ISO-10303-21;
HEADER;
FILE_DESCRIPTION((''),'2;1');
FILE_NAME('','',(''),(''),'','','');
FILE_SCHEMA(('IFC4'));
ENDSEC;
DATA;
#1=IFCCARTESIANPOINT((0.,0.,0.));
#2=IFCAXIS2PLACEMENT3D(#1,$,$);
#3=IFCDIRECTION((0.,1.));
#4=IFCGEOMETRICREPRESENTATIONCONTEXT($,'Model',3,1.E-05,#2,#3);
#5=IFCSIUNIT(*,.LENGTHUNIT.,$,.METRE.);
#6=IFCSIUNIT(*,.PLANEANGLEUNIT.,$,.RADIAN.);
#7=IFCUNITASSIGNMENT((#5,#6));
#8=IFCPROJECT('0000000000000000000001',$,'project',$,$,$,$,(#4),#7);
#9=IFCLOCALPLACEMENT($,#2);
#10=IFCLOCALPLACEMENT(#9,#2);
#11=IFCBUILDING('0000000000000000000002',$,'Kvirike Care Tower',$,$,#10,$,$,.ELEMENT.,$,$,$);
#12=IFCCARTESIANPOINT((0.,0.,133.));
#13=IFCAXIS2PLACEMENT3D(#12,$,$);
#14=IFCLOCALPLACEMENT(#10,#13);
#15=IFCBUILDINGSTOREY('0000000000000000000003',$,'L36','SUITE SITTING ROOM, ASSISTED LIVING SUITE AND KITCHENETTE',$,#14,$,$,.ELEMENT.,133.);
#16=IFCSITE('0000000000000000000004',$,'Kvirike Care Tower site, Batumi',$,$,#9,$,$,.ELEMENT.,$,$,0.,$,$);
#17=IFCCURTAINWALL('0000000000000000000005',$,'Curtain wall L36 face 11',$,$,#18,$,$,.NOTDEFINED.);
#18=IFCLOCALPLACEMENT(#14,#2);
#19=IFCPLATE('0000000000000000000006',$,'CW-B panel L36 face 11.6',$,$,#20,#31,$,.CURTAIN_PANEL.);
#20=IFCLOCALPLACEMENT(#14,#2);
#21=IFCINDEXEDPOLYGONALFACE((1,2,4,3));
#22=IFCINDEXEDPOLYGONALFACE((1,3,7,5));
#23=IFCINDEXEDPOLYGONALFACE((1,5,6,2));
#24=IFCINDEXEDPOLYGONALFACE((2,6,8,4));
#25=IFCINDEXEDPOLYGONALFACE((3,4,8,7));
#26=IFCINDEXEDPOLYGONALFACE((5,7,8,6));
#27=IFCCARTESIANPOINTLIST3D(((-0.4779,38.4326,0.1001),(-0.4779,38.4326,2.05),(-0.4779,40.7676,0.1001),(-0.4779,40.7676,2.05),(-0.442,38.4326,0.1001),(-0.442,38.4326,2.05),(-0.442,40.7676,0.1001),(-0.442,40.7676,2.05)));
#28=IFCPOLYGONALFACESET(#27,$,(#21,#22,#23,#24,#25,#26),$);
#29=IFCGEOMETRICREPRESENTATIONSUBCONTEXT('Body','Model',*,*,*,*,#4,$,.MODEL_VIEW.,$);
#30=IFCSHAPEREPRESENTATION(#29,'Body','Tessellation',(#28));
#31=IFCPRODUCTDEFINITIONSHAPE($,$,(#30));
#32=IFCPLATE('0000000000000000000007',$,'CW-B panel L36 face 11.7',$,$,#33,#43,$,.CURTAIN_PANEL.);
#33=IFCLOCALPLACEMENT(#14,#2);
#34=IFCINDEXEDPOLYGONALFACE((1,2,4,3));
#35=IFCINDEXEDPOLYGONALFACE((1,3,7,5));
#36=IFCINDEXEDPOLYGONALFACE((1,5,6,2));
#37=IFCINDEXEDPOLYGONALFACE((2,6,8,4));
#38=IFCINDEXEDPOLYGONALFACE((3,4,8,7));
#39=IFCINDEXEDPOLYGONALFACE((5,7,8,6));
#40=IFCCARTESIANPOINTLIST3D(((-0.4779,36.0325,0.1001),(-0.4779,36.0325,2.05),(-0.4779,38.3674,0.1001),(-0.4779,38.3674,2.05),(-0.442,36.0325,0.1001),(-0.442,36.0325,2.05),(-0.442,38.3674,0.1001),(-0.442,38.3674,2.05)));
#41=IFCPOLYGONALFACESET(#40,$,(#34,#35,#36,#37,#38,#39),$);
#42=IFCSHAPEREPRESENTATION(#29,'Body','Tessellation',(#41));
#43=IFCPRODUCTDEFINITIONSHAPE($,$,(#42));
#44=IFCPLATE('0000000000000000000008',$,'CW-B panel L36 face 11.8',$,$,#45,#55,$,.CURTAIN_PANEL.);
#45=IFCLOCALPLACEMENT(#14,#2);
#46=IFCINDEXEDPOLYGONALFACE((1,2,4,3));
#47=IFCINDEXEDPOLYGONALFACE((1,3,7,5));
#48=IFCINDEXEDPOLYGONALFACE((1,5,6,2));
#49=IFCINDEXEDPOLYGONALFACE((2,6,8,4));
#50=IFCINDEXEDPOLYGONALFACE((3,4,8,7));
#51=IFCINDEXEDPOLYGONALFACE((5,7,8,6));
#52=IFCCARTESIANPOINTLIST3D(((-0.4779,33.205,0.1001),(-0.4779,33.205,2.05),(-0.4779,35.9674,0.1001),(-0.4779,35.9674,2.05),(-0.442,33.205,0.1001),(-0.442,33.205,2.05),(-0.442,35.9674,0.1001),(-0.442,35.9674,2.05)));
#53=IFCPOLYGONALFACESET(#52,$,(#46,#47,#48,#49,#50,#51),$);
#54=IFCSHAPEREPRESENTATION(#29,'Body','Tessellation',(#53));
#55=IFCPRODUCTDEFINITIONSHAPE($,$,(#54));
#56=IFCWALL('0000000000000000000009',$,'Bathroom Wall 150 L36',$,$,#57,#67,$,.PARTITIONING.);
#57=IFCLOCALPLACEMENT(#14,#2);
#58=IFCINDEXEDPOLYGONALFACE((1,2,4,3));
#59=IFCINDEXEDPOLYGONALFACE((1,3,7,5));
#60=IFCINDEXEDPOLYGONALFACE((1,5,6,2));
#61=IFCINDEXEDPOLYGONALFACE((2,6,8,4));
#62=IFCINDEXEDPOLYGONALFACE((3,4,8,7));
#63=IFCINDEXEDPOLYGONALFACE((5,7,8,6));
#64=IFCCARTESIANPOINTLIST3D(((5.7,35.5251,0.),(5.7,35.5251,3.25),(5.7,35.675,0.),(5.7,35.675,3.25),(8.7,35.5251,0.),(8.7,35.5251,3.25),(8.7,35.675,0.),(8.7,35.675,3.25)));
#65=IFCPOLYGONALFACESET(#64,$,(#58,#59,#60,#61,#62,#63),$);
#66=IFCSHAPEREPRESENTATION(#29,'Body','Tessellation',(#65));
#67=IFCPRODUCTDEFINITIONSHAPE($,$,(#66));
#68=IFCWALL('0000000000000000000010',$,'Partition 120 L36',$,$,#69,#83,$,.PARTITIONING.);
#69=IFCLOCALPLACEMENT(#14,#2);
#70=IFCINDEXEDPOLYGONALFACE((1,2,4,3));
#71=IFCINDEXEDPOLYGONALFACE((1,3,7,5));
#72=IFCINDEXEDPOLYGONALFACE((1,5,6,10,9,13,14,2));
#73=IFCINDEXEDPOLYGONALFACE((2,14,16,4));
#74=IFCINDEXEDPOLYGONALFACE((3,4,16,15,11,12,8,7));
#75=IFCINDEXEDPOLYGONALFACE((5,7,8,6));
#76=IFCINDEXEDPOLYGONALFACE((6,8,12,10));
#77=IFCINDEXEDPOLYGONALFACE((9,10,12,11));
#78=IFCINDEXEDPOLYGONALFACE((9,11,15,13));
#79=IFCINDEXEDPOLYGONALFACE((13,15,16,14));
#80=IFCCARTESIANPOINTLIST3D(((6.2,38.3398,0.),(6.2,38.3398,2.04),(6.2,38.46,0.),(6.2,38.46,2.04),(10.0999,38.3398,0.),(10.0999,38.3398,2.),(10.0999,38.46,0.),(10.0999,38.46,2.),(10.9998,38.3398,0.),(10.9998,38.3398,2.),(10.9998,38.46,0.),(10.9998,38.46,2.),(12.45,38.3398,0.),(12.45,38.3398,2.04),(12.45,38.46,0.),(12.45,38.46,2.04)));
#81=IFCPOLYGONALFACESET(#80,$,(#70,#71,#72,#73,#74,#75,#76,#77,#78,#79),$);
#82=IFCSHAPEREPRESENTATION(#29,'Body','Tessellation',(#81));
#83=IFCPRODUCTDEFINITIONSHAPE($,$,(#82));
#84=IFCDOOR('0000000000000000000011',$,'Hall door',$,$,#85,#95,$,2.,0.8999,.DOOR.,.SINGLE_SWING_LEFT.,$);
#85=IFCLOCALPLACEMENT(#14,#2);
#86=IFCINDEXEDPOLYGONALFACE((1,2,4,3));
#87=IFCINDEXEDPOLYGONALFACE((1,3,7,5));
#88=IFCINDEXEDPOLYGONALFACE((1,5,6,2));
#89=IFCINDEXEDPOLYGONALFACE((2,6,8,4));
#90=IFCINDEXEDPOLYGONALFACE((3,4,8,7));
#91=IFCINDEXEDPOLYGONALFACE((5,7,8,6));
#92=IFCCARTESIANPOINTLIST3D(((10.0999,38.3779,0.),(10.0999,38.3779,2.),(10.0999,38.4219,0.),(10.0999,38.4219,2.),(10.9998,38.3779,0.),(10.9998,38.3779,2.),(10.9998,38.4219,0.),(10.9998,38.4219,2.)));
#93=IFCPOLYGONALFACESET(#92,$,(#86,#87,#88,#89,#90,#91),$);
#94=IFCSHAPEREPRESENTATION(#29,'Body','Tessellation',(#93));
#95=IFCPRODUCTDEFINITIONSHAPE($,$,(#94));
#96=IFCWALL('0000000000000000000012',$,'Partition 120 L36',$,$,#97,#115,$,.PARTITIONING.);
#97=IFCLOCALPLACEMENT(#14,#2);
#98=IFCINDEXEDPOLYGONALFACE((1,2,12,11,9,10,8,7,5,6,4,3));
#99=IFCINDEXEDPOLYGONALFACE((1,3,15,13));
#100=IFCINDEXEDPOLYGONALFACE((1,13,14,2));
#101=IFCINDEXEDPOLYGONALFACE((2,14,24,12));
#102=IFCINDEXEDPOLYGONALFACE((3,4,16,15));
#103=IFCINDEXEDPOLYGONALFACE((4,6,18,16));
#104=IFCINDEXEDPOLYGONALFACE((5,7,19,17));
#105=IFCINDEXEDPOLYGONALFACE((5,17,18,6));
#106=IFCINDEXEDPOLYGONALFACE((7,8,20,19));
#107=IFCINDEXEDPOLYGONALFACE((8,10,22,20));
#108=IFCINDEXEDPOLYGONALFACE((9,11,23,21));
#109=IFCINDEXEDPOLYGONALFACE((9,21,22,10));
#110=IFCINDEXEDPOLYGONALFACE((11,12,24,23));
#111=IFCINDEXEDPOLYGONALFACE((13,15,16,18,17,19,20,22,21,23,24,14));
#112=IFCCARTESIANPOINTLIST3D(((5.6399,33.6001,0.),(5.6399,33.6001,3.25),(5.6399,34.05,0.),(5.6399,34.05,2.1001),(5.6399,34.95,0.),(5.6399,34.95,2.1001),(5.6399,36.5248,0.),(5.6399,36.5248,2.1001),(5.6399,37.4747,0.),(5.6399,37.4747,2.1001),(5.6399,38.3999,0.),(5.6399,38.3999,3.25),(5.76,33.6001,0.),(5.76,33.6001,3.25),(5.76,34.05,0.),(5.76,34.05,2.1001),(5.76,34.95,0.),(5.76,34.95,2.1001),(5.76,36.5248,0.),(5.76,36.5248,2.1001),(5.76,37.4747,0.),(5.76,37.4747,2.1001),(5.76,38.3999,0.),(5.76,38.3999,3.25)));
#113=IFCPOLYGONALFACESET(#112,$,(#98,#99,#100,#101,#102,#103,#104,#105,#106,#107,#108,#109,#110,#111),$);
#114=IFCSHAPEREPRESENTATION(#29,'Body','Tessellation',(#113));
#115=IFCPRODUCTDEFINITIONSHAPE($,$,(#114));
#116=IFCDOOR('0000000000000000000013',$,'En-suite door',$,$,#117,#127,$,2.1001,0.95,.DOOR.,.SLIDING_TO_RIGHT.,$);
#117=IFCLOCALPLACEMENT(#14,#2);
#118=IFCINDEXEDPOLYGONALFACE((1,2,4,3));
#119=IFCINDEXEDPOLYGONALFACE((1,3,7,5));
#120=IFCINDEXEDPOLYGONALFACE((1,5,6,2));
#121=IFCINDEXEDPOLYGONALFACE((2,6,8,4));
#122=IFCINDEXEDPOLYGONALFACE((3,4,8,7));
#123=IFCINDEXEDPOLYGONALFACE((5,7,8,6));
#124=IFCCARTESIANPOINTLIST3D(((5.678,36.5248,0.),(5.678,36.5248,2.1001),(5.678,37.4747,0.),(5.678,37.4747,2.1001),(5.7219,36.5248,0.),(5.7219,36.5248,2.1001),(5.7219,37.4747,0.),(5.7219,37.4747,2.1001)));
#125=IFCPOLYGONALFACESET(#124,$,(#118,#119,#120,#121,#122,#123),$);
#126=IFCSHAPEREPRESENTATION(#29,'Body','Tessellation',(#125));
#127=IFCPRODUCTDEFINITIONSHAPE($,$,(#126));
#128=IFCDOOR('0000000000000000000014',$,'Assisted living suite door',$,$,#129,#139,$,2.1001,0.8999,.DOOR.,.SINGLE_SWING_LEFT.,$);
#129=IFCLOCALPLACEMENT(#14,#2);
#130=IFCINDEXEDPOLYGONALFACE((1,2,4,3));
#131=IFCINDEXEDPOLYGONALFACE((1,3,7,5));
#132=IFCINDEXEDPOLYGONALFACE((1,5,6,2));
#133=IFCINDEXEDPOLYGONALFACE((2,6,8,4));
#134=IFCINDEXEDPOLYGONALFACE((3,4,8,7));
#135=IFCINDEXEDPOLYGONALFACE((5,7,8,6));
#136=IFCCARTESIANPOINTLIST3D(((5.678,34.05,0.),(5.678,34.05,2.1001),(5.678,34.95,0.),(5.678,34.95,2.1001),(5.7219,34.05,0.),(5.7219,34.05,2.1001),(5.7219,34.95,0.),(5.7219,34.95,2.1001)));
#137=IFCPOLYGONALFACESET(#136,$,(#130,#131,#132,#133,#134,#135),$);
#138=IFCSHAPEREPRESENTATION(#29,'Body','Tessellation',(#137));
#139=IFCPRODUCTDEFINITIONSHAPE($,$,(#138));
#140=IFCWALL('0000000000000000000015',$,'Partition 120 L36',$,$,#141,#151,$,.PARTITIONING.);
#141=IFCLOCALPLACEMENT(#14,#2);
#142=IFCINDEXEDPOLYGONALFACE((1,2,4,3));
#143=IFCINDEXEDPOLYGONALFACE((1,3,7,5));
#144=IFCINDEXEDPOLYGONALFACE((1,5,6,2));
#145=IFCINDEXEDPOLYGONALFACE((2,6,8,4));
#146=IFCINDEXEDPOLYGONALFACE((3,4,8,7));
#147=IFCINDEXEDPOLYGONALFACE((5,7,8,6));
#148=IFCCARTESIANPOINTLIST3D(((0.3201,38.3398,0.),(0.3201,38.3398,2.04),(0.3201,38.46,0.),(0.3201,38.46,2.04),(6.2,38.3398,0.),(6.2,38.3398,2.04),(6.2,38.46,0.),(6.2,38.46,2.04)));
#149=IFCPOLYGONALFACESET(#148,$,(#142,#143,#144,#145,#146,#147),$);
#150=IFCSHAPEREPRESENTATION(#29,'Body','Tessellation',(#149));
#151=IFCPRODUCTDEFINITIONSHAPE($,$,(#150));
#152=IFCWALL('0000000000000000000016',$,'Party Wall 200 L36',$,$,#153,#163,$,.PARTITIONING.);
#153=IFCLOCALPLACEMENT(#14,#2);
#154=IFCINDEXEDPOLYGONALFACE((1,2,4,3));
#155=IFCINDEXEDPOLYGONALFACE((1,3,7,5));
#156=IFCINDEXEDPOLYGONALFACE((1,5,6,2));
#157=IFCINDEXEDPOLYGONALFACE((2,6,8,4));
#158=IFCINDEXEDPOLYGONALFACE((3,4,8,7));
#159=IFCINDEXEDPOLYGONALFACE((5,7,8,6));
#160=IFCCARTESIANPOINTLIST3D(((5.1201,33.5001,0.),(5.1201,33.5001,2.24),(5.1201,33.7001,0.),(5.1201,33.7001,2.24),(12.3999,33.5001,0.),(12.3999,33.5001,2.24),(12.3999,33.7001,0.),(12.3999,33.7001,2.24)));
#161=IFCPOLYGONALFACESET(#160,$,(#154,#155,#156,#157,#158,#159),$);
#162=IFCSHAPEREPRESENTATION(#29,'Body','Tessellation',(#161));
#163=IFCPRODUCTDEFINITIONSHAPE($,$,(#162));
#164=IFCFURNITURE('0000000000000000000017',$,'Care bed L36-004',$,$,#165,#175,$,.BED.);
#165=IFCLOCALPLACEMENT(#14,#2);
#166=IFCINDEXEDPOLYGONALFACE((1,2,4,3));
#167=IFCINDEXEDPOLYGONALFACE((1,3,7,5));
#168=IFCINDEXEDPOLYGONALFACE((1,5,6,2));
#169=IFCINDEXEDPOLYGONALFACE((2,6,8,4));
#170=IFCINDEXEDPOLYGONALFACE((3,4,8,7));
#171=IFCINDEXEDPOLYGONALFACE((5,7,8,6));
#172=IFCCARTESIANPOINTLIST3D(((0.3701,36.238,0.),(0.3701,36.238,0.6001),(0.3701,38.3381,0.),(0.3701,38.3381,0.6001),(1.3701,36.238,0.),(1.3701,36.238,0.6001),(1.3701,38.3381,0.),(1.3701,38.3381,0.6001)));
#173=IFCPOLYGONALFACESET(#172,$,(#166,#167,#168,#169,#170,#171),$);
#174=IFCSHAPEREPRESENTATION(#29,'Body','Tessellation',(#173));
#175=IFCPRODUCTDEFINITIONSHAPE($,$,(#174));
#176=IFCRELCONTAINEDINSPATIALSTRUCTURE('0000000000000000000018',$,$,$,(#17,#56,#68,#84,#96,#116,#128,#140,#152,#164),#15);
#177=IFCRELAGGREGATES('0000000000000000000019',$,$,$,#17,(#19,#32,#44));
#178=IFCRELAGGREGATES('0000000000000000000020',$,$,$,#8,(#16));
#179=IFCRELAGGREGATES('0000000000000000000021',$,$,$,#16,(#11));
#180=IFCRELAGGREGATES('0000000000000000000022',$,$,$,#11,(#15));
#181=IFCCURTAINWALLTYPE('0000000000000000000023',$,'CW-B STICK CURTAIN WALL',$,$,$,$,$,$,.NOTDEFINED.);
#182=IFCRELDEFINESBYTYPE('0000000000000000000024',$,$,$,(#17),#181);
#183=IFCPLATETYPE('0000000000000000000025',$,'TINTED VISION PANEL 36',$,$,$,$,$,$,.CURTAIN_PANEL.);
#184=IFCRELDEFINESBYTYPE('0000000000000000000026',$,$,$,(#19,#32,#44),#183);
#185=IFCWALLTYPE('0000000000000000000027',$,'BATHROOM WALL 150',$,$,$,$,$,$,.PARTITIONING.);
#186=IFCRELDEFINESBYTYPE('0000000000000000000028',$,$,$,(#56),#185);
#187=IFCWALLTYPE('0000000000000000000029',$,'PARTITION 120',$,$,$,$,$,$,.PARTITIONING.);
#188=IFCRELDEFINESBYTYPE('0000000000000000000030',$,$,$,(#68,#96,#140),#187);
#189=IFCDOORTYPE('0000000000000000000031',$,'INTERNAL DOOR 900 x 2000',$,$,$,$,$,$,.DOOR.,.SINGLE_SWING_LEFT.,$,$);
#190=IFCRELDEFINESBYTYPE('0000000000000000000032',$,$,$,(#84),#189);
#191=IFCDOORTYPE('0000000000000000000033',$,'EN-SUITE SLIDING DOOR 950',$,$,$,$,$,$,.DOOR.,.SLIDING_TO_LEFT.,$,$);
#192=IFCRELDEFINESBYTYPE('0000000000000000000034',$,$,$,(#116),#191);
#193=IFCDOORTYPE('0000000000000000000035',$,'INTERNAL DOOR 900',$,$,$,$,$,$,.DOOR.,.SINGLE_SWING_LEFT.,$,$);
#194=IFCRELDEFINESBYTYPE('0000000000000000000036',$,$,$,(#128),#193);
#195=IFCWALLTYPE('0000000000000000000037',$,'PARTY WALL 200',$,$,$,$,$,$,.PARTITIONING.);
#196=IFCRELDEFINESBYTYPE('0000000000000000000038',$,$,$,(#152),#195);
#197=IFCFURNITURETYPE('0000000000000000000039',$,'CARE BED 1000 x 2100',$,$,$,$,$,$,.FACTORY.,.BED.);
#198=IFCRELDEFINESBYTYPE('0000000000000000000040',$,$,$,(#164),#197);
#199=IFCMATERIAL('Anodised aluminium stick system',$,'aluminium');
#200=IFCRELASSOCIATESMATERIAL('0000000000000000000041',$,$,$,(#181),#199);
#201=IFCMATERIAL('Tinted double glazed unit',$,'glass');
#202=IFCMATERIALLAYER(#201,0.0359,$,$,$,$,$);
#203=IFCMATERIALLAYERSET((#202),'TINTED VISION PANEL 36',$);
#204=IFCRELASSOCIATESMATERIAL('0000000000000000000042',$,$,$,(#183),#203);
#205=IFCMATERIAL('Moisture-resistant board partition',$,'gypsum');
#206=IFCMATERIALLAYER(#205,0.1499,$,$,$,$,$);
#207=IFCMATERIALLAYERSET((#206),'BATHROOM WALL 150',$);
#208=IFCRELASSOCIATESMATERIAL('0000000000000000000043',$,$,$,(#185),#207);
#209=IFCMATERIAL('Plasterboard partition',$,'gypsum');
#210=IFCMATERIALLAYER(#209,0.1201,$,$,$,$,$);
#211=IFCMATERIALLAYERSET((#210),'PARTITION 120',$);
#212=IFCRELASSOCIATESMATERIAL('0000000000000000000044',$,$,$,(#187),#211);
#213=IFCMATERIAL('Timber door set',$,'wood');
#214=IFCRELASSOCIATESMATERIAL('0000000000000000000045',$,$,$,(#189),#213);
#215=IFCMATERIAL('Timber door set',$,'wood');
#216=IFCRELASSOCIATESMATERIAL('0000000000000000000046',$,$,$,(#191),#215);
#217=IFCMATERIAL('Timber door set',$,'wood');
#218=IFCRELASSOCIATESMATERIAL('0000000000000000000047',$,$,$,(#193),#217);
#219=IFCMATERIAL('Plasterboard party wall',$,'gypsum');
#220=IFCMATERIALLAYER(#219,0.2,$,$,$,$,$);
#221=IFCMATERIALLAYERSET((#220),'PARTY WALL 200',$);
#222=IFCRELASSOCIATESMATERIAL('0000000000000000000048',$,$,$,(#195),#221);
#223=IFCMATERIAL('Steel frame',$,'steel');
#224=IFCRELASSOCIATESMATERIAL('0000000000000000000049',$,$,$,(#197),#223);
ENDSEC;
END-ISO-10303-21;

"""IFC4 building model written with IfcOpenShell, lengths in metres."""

from ifc_helpers import new_model, si_unit, direction, frame, frame_2d, origin, origin_2d, place, context, subcontext, project, spatial, rectangle, extrude, material, layer, layer_set, type_object, element, fill, aggregate, save


model = new_model("IFC4")

# Units and contexts
model_context = context("Model", 3, precision=1e-05, world=origin(), true_north=direction((0.0, 1.0)))
body_context = subcontext(model_context, "Body", "Model", "MODEL_VIEW")
ifc_project = project(units=[si_unit("LENGTHUNIT", "METRE"), si_unit("PLANEANGLEUNIT", "RADIAN")], contexts=[model_context])

# Site, building, storey
site_placement = place(None, origin())
site = spatial("IfcSite", under=ifc_project, at=site_placement, Name="Kvirike Care Tower site, Batumi", CompositionType="ELEMENT", RefElevation=0.0)
building_placement = place(site_placement, origin())
building = spatial("IfcBuilding", under=site, at=building_placement, Name="Kvirike Care Tower", CompositionType="ELEMENT")
storey_placement = place(building_placement, frame((0.0, 0.0, 133.0)))
storey = spatial("IfcBuildingStorey", under=building, at=storey_placement, Name="L36", Description="SUITE SITTING ROOM, ASSISTED LIVING SUITE AND KITCHENETTE", CompositionType="ELEMENT", Elevation=133.0)

# Curtain wall
ifc_material_1 = material(Name="Anodised aluminium stick system", Category="aluminium")
curtain_wall_type = type_object("IfcCurtainWallType", Name="CW-B STICK CURTAIN WALL", PredefinedType="NOTDEFINED", material=ifc_material_1)
curtain_wall_placement = place(storey_placement, origin())
curtain_wall = element("IfcCurtainWall", 1, at=curtain_wall_placement, inside=storey, type_object=curtain_wall_type, Name="Curtain wall L36 face 11", PredefinedType="NOTDEFINED")

# Plates
ifc_material_2 = material(Name="Tinted double glazed unit", Category="glass")
ifc_layer_1 = layer(ifc_material_2, 0.0359)
ifc_layer_set_1 = layer_set([ifc_layer_1], Name="TINTED VISION PANEL 36")
plate_type = type_object("IfcPlateType", Name="TINTED VISION PANEL 36", PredefinedType="CURTAIN_PANEL", material=ifc_layer_set_1)
plate_1_placement = place(storey_placement, frame((-0.46, 39.6001, 0.1001), z_axis=(0.0, 0.0, 1.0), x_axis=(0.0, -1.0, 0.0)))
plate_1 = element("IfcPlate", 2, at=plate_1_placement, type_object=plate_type, Name="CW-B panel L36 face 11.6", PredefinedType="CURTAIN_PANEL", context=body_context, shape_type="SweptSolid", body=[
    extrude(rectangle(XDim=2.335, YDim=0.0359, at=origin_2d()), origin(), (0.0, 0.0, 1.0), 1.95),
])
plate_2_placement = place(storey_placement, frame((-0.46, 37.2, 0.1001), z_axis=(0.0, 0.0, 1.0), x_axis=(0.0, -1.0, 0.0)))
plate_2 = element("IfcPlate", 3, at=plate_2_placement, type_object=plate_type, Name="CW-B panel L36 face 11.7", PredefinedType="CURTAIN_PANEL", context=body_context, shape_type="SweptSolid", body=[
    extrude(rectangle(XDim=2.335, YDim=0.0359, at=origin_2d()), origin(), (0.0, 0.0, 1.0), 1.95),
])
plate_3_placement = place(storey_placement, frame((-0.46, 34.5862, 0.1001), z_axis=(0.0, 0.0, 1.0), x_axis=(0.0, -1.0, 0.0)))
plate_3 = element("IfcPlate", 4, at=plate_3_placement, type_object=plate_type, Name="CW-B panel L36 face 11.8", PredefinedType="CURTAIN_PANEL", context=body_context, shape_type="SweptSolid", body=[
    extrude(rectangle(XDim=2.7625, YDim=0.0359, at=origin_2d()), origin(), (0.0, 0.0, 1.0), 1.95),
])
aggregate(curtain_wall, [plate_1, plate_2, plate_3])

# Wall
ifc_material_3 = material(Name="Moisture-resistant board partition", Category="gypsum")
ifc_layer_2 = layer(ifc_material_3, 0.1499)
ifc_layer_set_2 = layer_set([ifc_layer_2], Name="BATHROOM WALL 150")
wall_type_1 = type_object("IfcWallType", Name="BATHROOM WALL 150", PredefinedType="PARTITIONING", material=ifc_layer_set_2)
wall_1_placement = place(storey_placement, frame((5.7, 35.6001, 0.0), z_axis=(0.0, 0.0, 1.0), x_axis=(1.0, 0.0, 0.0)))
element("IfcWall", 5, at=wall_1_placement, inside=storey, type_object=wall_type_1, Name="Bathroom Wall 150 L36", PredefinedType="PARTITIONING", context=body_context, shape_type="SweptSolid", body=[
    extrude(rectangle(XDim=3.0, YDim=0.1499, at=frame_2d((1.5, 0.0))), origin(), (0.0, 0.0, 1.0), 3.25),
])

# Wall, opening, door
ifc_material_4 = material(Name="Plasterboard partition", Category="gypsum")
ifc_layer_3 = layer(ifc_material_4, 0.1201)
ifc_layer_set_3 = layer_set([ifc_layer_3], Name="PARTITION 120")
wall_type_2 = type_object("IfcWallType", Name="PARTITION 120", PredefinedType="PARTITIONING", material=ifc_layer_set_3)
wall_2_placement = place(storey_placement, frame((6.2, 38.3999, 0.0), z_axis=(0.0, 0.0, 1.0), x_axis=(1.0, 0.0, 0.0)))
wall_2 = element("IfcWall", 6, at=wall_2_placement, inside=storey, type_object=wall_type_2, Name="Partition 120 L36", PredefinedType="PARTITIONING", context=body_context, shape_type="SweptSolid", body=[
    extrude(rectangle(XDim=6.25, YDim=0.1201, at=frame_2d((3.125, 0.0))), origin(), (0.0, 0.0, 1.0), 2.04),
])
opening_1_placement = place(wall_2_placement, frame((3.8999, 0.0, 0.0)))
opening_1 = element("IfcOpeningElement", 7, at=opening_1_placement, cuts=wall_2, PredefinedType="OPENING", context=body_context, shape_type="SweptSolid", body=[
    extrude(rectangle(XDim=0.8999, YDim=2.0, at=frame_2d((0.45, 1.0))), frame((0.0, 0.0706, 0.0), z_axis=(0.0, -1.0, 0.0), x_axis=(1.0, 0.0, 0.0)), (0.0, 0.0, 1.0), 0.1411),
])
ifc_material_5 = material(Name="Timber door set", Category="wood")
door_type_1 = type_object("IfcDoorType", Name="INTERNAL DOOR 900 x 2000", OperationType="SINGLE_SWING_LEFT", PredefinedType="DOOR", material=ifc_material_5)
door_1_placement = place(opening_1_placement, origin())
door_1 = element("IfcDoor", 8, at=door_1_placement, inside=storey, type_object=door_type_1, Name="Hall door", OperationType="SINGLE_SWING_LEFT", OverallHeight=2.0, OverallWidth=0.8999, PredefinedType="DOOR", context=body_context, shape_type="SweptSolid", body=[
    extrude(rectangle(XDim=0.8999, YDim=2.0, at=frame_2d((0.45, 1.0))), frame((0.0, 0.022, 0.0), z_axis=(0.0, -1.0, 0.0), x_axis=(1.0, 0.0, 0.0)), (0.0, 0.0, 1.0), 0.0439),
])
fill(opening_1, door_1)

# Wall, openings, doors
wall_3_placement = place(storey_placement, frame((5.7, 38.3999, 0.0), z_axis=(0.0, 0.0, 1.0), x_axis=(0.0, -1.0, 0.0)))
wall_3 = element("IfcWall", 9, at=wall_3_placement, inside=storey, type_object=wall_type_2, Name="Partition 120 L36", PredefinedType="PARTITIONING", context=body_context, shape_type="SweptSolid", body=[
    extrude(rectangle(XDim=4.7998, YDim=0.1201, at=frame_2d((2.3999, 0.0))), origin(), (0.0, 0.0, 1.0), 3.25),
])
opening_2_placement = place(wall_3_placement, frame((3.45, 0.0, 0.0)))
opening_2 = element("IfcOpeningElement", 10, at=opening_2_placement, cuts=wall_3, PredefinedType="OPENING", context=body_context, shape_type="SweptSolid", body=[
    extrude(rectangle(XDim=0.8999, YDim=2.1001, at=frame_2d((0.45, 1.05))), frame((0.0, 0.0706, 0.0), z_axis=(0.0, -1.0, 0.0), x_axis=(1.0, 0.0, 0.0)), (0.0, 0.0, 1.0), 0.1411),
])
opening_3_placement = place(wall_3_placement, frame((0.925, 0.0, 0.0)))
opening_3 = element("IfcOpeningElement", 11, at=opening_3_placement, cuts=wall_3, PredefinedType="OPENING", context=body_context, shape_type="SweptSolid", body=[
    extrude(rectangle(XDim=0.95, YDim=2.1001, at=frame_2d((0.4751, 1.05))), frame((0.0, 0.0706, 0.0), z_axis=(0.0, -1.0, 0.0), x_axis=(1.0, 0.0, 0.0)), (0.0, 0.0, 1.0), 0.1411),
])
ifc_material_6 = material(Name="Timber door set", Category="wood")
door_type_2 = type_object("IfcDoorType", Name="EN-SUITE SLIDING DOOR 950", OperationType="SLIDING_TO_LEFT", PredefinedType="DOOR", material=ifc_material_6)
door_2_placement = place(opening_3_placement, origin())
door_2 = element("IfcDoor", 12, at=door_2_placement, inside=storey, type_object=door_type_2, Name="En-suite door", OperationType="SLIDING_TO_RIGHT", OverallHeight=2.1001, OverallWidth=0.95, PredefinedType="DOOR", context=body_context, shape_type="SweptSolid", body=[
    extrude(rectangle(XDim=0.95, YDim=2.1001, at=frame_2d((0.4751, 1.05))), frame((0.0, 0.022, 0.0), z_axis=(0.0, -1.0, 0.0), x_axis=(1.0, 0.0, 0.0)), (0.0, 0.0, 1.0), 0.0439),
])
fill(opening_3, door_2)
ifc_material_7 = material(Name="Timber door set", Category="wood")
door_type_3 = type_object("IfcDoorType", Name="INTERNAL DOOR 900", OperationType="SINGLE_SWING_LEFT", PredefinedType="DOOR", material=ifc_material_7)
door_3_placement = place(opening_2_placement, origin())
door_3 = element("IfcDoor", 13, at=door_3_placement, inside=storey, type_object=door_type_3, Name="Assisted living suite door", OperationType="SINGLE_SWING_LEFT", OverallHeight=2.1001, OverallWidth=0.8999, PredefinedType="DOOR", context=body_context, shape_type="SweptSolid", body=[
    extrude(rectangle(XDim=0.8999, YDim=2.1001, at=frame_2d((0.45, 1.05))), frame((0.0, 0.022, 0.0), z_axis=(0.0, -1.0, 0.0), x_axis=(1.0, 0.0, 0.0)), (0.0, 0.0, 1.0), 0.0439),
])
fill(opening_2, door_3)

# Walls
wall_4_placement = place(storey_placement, frame((0.3201, 38.3999, 0.0), z_axis=(0.0, 0.0, 1.0), x_axis=(1.0, 0.0, 0.0)))
element("IfcWall", 14, at=wall_4_placement, inside=storey, type_object=wall_type_2, Name="Partition 120 L36", PredefinedType="PARTITIONING", context=body_context, shape_type="SweptSolid", body=[
    extrude(rectangle(XDim=5.8799, YDim=0.1201, at=frame_2d((2.9399, 0.0))), origin(), (0.0, 0.0, 1.0), 2.04),
])
ifc_material_8 = material(Name="Plasterboard party wall", Category="gypsum")
ifc_layer_4 = layer(ifc_material_8, 0.2)
ifc_layer_set_4 = layer_set([ifc_layer_4], Name="PARTY WALL 200")
wall_type_3 = type_object("IfcWallType", Name="PARTY WALL 200", PredefinedType="PARTITIONING", material=ifc_layer_set_4)
wall_5_placement = place(storey_placement, frame((5.1201, 33.6001, 0.0), z_axis=(0.0, 0.0, 1.0), x_axis=(1.0, 0.0, 0.0)))
element("IfcWall", 15, at=wall_5_placement, inside=storey, type_object=wall_type_3, Name="Party Wall 200 L36", PredefinedType="PARTITIONING", context=body_context, shape_type="SweptSolid", body=[
    extrude(rectangle(XDim=7.2798, YDim=0.2, at=frame_2d((3.6399, 0.0))), origin(), (0.0, 0.0, 1.0), 2.24),
])

# Furniture
ifc_material_9 = material(Name="Steel frame", Category="steel")
furniture_type = type_object("IfcFurnitureType", Name="CARE BED 1000 x 2100", AssemblyPlace="FACTORY", PredefinedType="BED", material=ifc_material_9)
furniture_placement = place(storey_placement, frame((0.8701, 37.2881, 0.0), z_axis=(0.0, 0.0, 1.0), x_axis=(1.0, 0.0, 0.0)))
element("IfcFurniture", 16, at=furniture_placement, inside=storey, type_object=furniture_type, Name="Care bed L36-004", PredefinedType="BED", context=body_context, shape_type="SweptSolid", body=[
    extrude(rectangle(XDim=1.0, YDim=2.1001, at=origin_2d()), origin(), (0.0, 0.0, 1.0), 0.6001),
])

save(model, "model.ifc")
